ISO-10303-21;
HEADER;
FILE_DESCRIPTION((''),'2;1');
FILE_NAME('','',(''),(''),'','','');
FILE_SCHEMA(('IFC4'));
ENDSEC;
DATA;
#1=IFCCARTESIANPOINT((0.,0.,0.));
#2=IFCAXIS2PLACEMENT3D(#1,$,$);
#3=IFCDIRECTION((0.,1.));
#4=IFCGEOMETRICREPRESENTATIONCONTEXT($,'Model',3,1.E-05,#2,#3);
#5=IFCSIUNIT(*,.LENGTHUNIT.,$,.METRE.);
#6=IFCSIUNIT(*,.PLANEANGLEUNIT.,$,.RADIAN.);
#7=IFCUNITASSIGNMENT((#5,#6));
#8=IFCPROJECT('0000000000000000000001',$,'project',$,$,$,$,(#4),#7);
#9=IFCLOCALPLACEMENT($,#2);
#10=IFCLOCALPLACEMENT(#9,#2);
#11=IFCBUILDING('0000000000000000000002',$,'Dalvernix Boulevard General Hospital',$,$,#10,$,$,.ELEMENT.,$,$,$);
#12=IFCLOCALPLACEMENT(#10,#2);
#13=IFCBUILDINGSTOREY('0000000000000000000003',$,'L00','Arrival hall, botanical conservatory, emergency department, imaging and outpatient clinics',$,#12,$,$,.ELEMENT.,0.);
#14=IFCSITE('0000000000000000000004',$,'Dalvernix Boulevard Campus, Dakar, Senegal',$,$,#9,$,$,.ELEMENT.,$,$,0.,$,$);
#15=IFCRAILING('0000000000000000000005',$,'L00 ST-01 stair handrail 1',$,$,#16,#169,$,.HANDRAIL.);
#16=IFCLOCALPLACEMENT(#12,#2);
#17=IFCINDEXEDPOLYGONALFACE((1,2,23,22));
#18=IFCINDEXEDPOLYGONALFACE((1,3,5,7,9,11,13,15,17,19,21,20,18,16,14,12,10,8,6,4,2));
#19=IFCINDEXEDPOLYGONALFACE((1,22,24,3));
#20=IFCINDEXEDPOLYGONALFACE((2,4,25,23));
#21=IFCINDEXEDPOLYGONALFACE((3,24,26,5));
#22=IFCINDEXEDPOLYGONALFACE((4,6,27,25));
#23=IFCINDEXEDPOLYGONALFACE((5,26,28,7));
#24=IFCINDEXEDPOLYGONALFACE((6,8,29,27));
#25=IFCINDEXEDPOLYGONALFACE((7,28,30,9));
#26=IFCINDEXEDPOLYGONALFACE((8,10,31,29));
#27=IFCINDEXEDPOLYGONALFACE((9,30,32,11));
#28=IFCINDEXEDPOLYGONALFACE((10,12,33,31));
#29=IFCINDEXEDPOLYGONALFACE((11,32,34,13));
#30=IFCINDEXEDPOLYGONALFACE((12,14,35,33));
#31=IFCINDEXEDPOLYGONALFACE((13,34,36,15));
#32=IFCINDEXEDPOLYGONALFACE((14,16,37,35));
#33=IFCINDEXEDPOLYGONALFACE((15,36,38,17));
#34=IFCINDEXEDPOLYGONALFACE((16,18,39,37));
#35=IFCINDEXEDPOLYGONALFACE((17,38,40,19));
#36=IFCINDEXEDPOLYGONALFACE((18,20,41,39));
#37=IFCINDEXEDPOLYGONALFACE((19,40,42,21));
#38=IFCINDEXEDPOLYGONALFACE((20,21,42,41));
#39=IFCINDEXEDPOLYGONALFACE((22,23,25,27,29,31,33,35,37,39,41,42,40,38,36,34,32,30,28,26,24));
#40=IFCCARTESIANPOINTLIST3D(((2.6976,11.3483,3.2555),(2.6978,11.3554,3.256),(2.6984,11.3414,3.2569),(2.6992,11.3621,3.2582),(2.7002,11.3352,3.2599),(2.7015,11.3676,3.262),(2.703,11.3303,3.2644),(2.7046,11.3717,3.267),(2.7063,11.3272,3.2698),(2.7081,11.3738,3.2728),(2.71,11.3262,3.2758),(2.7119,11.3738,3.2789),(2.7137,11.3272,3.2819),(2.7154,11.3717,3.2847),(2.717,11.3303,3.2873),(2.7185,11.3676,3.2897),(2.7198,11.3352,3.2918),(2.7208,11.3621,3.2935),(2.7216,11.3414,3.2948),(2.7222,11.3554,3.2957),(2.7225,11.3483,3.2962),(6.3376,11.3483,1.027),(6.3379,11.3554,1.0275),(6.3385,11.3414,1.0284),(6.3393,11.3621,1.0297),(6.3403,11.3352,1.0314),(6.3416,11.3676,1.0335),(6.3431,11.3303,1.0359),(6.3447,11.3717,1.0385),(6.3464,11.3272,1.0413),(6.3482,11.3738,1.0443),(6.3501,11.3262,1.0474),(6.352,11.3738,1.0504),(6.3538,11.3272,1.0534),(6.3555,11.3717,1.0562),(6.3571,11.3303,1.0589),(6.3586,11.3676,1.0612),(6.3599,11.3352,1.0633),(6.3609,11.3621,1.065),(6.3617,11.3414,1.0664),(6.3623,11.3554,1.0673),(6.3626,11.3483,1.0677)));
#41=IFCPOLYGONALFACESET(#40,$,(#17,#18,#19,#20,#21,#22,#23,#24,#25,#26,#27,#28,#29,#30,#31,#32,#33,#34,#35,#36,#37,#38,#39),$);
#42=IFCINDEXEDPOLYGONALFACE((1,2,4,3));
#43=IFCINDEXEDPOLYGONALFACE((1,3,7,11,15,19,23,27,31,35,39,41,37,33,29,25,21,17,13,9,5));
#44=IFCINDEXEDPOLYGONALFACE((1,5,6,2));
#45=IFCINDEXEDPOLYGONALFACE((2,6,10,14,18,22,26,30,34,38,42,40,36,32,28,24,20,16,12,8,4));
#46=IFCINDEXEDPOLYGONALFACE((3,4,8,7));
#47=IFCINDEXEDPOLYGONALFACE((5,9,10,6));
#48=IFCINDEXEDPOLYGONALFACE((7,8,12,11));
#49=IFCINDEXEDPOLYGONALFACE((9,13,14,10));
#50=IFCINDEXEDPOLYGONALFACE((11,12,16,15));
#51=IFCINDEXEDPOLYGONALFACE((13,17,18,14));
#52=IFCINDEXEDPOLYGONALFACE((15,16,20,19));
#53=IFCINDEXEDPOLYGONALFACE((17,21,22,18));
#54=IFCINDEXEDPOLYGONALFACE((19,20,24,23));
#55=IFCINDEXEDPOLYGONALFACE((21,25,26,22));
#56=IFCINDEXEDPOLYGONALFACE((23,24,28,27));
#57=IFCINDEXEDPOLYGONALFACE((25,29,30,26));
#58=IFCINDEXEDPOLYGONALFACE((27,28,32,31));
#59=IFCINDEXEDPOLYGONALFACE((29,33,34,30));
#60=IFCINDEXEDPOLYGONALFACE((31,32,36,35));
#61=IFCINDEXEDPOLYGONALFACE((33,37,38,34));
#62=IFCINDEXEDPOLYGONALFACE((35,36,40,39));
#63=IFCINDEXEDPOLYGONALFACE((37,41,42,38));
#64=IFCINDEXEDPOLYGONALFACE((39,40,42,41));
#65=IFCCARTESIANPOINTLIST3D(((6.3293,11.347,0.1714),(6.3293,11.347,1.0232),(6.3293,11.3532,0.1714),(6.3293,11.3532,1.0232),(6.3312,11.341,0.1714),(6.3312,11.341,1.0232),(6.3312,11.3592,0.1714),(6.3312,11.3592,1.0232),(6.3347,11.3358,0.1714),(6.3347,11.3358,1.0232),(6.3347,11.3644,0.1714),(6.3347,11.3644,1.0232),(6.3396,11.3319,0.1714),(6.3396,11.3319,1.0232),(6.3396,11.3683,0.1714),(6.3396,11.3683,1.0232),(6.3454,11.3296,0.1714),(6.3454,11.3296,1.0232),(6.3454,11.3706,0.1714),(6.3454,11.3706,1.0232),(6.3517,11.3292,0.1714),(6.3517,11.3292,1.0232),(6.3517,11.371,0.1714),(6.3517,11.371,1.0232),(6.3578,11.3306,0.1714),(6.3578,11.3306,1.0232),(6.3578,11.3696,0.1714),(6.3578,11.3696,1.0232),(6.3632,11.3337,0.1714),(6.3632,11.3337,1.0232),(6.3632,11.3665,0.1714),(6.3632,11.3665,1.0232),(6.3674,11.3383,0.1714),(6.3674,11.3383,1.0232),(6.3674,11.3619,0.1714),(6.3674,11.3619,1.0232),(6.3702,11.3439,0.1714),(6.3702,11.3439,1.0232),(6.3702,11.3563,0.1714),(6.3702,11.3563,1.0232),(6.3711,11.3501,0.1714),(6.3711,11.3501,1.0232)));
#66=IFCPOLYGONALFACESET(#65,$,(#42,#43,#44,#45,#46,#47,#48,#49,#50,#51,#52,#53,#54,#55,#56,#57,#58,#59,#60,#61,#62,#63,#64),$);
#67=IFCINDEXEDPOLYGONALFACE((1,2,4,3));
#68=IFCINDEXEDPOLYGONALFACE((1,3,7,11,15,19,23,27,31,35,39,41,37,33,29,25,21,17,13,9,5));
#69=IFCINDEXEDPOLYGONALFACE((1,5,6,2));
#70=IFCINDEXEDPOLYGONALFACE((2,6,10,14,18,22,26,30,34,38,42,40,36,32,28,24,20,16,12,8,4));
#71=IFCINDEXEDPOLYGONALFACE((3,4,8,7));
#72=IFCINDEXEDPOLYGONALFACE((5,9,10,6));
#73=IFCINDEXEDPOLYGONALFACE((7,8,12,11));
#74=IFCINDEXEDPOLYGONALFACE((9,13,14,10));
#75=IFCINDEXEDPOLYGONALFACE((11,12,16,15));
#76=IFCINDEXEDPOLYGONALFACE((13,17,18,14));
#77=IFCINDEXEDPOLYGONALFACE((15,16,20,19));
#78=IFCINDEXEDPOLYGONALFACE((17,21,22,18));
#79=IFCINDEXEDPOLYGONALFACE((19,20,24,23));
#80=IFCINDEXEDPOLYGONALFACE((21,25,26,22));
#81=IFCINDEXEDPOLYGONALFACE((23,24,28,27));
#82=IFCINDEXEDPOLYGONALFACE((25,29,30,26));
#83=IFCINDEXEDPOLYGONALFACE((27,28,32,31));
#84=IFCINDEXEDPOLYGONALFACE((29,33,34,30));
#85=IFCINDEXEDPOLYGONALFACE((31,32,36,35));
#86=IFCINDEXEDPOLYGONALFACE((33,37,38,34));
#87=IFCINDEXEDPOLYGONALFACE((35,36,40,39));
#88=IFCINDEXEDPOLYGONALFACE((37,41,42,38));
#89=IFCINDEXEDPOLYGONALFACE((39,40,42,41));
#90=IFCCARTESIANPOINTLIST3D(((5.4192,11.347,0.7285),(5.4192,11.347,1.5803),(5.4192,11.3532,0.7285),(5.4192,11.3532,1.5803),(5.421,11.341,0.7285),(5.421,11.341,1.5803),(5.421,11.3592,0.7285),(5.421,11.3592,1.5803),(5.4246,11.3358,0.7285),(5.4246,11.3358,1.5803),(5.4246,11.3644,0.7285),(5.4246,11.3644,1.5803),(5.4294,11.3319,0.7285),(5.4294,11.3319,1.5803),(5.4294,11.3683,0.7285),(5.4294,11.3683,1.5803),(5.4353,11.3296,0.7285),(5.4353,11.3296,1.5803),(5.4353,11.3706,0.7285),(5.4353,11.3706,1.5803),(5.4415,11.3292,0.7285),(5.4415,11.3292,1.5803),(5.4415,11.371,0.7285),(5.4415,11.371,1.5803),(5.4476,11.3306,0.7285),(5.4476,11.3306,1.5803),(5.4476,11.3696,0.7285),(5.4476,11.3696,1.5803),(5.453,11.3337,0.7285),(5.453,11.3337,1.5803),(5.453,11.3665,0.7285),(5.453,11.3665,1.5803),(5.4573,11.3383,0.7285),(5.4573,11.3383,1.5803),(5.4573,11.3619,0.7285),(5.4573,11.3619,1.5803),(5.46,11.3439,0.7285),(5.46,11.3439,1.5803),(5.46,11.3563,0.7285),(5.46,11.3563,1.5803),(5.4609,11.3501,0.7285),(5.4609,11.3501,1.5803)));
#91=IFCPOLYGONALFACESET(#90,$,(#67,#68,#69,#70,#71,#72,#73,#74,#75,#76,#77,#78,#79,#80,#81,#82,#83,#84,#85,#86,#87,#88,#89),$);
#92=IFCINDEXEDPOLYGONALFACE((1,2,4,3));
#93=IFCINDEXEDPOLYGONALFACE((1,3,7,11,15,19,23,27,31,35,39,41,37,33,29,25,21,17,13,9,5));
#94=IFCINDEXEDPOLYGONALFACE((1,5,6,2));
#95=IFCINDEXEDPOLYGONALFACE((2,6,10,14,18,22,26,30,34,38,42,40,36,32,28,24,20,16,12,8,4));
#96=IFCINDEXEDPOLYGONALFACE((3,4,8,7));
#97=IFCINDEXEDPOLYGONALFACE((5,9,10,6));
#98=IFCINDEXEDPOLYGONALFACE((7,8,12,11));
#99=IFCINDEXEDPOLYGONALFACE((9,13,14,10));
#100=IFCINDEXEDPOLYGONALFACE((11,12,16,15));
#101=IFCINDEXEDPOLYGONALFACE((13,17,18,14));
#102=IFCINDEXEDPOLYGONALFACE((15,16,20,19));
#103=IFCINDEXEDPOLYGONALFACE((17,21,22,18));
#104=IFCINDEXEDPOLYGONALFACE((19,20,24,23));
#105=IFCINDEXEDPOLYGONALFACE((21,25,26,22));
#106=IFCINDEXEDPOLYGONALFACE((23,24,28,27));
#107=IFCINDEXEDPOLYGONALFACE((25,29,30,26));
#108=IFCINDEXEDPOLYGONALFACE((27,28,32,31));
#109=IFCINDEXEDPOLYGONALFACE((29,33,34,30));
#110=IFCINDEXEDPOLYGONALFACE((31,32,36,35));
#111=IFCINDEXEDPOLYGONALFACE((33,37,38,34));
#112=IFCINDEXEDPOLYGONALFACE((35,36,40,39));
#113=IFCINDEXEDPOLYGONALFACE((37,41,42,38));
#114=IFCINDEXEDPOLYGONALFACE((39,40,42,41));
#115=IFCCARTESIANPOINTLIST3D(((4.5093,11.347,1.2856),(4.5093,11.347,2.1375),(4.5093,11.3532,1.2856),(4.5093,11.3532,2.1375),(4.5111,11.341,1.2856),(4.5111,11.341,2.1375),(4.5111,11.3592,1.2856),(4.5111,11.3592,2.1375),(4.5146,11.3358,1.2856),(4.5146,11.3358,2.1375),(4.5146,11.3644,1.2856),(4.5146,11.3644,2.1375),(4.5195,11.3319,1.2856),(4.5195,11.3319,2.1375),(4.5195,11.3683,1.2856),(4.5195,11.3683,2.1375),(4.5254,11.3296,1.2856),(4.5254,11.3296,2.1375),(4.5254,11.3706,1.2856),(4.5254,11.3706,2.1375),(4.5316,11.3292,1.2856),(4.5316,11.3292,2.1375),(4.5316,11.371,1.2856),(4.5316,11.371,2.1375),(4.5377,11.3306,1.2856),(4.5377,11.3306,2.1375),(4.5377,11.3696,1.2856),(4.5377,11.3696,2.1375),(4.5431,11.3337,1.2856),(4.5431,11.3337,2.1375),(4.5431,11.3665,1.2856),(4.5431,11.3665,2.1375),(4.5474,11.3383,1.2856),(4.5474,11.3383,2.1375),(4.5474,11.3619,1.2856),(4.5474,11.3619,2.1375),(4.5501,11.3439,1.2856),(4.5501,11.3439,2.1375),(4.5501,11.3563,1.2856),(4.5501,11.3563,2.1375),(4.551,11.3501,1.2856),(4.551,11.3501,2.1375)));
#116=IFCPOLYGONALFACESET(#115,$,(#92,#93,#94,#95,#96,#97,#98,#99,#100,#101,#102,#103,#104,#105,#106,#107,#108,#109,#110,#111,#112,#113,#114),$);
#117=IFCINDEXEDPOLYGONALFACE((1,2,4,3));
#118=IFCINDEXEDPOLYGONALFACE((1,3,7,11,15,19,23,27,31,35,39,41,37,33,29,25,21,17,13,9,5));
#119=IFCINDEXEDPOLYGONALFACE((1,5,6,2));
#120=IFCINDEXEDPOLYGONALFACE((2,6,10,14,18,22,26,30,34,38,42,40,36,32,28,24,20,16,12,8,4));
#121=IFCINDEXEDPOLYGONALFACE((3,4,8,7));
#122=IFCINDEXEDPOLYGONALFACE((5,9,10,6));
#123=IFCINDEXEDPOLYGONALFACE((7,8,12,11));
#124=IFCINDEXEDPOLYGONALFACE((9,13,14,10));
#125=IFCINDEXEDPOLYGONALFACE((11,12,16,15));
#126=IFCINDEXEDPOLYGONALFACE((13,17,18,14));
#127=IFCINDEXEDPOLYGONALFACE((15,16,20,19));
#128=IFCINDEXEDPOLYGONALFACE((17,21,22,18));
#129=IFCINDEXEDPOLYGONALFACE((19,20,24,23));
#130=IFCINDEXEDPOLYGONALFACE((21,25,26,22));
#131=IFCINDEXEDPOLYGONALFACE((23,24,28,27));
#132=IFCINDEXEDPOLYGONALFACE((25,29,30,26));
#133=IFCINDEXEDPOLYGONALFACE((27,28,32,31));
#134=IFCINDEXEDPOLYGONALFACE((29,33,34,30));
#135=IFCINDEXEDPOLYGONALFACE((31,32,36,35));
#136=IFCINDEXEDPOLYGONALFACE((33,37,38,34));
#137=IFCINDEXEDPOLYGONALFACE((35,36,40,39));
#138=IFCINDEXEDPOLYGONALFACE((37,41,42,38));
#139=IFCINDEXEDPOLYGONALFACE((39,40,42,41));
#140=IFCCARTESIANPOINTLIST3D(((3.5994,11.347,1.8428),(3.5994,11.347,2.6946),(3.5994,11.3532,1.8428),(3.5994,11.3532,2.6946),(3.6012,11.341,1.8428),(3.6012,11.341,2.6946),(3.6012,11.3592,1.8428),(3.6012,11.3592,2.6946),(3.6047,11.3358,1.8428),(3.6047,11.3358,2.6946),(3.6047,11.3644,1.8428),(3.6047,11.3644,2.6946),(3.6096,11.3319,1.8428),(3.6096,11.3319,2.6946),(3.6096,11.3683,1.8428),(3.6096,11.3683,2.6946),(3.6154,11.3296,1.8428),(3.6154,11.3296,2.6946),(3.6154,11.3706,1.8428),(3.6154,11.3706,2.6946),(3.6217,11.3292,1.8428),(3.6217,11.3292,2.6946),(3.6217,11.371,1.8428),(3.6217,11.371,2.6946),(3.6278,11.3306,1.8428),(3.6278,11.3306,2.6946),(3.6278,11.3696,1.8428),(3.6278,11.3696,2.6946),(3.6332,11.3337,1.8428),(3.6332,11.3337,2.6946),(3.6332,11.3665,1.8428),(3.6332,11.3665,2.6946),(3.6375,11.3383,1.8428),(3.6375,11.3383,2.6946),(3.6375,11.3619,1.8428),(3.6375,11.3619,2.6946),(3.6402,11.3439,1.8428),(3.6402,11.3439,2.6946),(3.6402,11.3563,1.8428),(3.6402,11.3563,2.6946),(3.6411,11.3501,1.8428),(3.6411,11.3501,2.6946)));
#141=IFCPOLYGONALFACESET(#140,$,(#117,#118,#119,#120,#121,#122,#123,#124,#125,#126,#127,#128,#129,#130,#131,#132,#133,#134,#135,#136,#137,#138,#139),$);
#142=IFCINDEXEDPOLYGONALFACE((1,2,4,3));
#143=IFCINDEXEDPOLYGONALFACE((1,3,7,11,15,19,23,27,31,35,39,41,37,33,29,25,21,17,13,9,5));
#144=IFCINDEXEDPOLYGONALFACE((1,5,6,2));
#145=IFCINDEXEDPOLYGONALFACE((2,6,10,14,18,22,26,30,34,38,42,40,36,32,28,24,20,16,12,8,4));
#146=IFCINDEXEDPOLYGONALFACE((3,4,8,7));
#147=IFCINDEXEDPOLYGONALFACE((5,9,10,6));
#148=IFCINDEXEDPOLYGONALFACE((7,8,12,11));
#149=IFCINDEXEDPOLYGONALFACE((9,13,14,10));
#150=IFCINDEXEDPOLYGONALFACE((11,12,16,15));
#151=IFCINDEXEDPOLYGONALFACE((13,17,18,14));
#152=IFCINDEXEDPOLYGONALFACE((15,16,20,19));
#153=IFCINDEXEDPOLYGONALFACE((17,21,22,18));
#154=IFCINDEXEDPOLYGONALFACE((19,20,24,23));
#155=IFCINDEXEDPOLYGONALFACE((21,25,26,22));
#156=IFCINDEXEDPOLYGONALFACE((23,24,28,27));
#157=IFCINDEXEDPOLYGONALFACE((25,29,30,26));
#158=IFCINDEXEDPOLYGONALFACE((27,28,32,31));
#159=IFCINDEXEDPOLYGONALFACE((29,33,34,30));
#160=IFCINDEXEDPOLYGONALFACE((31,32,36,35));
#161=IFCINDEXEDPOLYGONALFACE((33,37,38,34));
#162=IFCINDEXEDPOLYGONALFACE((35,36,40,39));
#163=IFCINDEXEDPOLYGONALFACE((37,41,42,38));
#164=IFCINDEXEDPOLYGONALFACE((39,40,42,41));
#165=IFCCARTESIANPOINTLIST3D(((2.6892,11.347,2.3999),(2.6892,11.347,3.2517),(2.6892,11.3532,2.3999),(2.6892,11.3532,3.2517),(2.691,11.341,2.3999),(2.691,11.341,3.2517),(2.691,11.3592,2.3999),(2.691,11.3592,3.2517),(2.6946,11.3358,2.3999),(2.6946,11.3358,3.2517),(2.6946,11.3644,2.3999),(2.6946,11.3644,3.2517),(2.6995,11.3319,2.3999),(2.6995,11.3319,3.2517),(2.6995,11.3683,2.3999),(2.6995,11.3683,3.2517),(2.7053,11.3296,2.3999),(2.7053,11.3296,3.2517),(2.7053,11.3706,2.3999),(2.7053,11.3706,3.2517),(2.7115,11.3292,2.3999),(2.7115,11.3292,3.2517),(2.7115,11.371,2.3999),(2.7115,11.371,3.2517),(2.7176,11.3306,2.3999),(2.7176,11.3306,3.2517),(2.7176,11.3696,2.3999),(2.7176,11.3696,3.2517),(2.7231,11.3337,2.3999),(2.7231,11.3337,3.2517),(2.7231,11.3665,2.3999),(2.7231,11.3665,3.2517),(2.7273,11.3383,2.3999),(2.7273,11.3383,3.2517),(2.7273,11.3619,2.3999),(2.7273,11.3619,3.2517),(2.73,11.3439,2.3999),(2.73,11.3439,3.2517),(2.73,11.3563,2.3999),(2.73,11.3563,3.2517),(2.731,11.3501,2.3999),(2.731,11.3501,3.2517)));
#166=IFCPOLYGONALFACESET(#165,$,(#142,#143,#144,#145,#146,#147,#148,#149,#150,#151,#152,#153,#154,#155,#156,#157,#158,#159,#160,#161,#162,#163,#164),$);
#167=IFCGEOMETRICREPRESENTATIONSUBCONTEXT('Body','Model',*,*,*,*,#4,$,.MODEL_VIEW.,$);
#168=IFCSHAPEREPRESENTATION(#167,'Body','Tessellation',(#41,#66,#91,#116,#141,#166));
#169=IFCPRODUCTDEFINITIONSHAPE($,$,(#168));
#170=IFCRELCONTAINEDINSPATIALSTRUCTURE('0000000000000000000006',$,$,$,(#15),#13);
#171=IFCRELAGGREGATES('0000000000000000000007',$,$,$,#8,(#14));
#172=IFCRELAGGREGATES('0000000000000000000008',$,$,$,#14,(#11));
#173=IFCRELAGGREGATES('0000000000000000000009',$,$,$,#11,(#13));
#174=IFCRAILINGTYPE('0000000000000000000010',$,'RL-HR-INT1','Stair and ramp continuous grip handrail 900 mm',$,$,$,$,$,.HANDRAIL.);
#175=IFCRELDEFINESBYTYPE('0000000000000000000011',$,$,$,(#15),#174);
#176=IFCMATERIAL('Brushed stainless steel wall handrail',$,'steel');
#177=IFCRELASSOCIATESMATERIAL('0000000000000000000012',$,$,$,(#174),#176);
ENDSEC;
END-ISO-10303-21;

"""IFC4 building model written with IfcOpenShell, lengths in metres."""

from ifc_helpers import new_model, si_unit, direction, frame, origin, origin_2d, place, context, subcontext, project, spatial, circle, extrude, material, type_object, element, save


model = new_model("IFC4")

# Units and contexts
model_context = context("Model", 3, precision=1e-05, world=origin(), true_north=direction((0.0, 1.0)))
body_context = subcontext(model_context, "Body", "Model", "MODEL_VIEW")
ifc_project = project(units=[si_unit("LENGTHUNIT", "METRE"), si_unit("PLANEANGLEUNIT", "RADIAN")], contexts=[model_context])

# Site, building, storey
site_placement = place(None, origin())
site = spatial("IfcSite", under=ifc_project, at=site_placement, Name="Dalvernix Boulevard Campus, Dakar, Senegal", CompositionType="ELEMENT", RefElevation=0.0)
building_placement = place(site_placement, origin())
building = spatial("IfcBuilding", under=site, at=building_placement, Name="Dalvernix Boulevard General Hospital", CompositionType="ELEMENT")
storey_placement = place(building_placement, origin())
storey = spatial("IfcBuildingStorey", under=building, at=storey_placement, Name="L00", Description="Arrival hall, botanical conservatory, emergency department, imaging and outpatient clinics", CompositionType="ELEMENT", Elevation=0.0)

# Railing
ifc_material_1 = material(Name="Brushed stainless steel wall handrail", Category="steel")
railing_type_1 = type_object("IfcRailingType", Name="RL-HR-INT1", Description="Stair and ramp continuous grip handrail 900 mm", PredefinedType="HANDRAIL", material=ifc_material_1)
railing_1_placement = place(storey_placement, frame((6.3501, 11.3501, 0.1714)))
element("IfcRailing", 1, at=railing_1_placement, inside=storey, type_object=railing_type_1, Name="L00 ST-01 stair handrail 1", PredefinedType="HANDRAIL", context=body_context, shape_type="SweptSolid", body=[
    extrude(circle(Radius=0.0239, at=origin_2d()), frame((0.0, 0.0, 0.876), z_axis=(-0.852866, 0.0, 0.52213), x_axis=(0.0, -1.0, 0.0)), (0.0, 0.0, 1.0), 4.2681),
    extrude(circle(Radius=0.021, at=origin_2d()), origin(), (0.0, 0.0, 1.0), 0.8518),
    extrude(circle(Radius=0.021, at=origin_2d()), frame((-0.9102, 0.0, 0.5571)), (0.0, 0.0, 1.0), 0.8518),
    extrude(circle(Radius=0.021, at=origin_2d()), frame((-1.8201, 0.0, 1.1143)), (0.0, 0.0, 1.0), 0.8518),
    extrude(circle(Radius=0.021, at=origin_2d()), frame((-2.73, 0.0, 1.6714)), (0.0, 0.0, 1.0), 0.8518),
    extrude(circle(Radius=0.021, at=origin_2d()), frame((-3.6401, 0.0, 2.2285)), (0.0, 0.0, 1.0), 0.8518),
])

save(model, "model.ifc")
